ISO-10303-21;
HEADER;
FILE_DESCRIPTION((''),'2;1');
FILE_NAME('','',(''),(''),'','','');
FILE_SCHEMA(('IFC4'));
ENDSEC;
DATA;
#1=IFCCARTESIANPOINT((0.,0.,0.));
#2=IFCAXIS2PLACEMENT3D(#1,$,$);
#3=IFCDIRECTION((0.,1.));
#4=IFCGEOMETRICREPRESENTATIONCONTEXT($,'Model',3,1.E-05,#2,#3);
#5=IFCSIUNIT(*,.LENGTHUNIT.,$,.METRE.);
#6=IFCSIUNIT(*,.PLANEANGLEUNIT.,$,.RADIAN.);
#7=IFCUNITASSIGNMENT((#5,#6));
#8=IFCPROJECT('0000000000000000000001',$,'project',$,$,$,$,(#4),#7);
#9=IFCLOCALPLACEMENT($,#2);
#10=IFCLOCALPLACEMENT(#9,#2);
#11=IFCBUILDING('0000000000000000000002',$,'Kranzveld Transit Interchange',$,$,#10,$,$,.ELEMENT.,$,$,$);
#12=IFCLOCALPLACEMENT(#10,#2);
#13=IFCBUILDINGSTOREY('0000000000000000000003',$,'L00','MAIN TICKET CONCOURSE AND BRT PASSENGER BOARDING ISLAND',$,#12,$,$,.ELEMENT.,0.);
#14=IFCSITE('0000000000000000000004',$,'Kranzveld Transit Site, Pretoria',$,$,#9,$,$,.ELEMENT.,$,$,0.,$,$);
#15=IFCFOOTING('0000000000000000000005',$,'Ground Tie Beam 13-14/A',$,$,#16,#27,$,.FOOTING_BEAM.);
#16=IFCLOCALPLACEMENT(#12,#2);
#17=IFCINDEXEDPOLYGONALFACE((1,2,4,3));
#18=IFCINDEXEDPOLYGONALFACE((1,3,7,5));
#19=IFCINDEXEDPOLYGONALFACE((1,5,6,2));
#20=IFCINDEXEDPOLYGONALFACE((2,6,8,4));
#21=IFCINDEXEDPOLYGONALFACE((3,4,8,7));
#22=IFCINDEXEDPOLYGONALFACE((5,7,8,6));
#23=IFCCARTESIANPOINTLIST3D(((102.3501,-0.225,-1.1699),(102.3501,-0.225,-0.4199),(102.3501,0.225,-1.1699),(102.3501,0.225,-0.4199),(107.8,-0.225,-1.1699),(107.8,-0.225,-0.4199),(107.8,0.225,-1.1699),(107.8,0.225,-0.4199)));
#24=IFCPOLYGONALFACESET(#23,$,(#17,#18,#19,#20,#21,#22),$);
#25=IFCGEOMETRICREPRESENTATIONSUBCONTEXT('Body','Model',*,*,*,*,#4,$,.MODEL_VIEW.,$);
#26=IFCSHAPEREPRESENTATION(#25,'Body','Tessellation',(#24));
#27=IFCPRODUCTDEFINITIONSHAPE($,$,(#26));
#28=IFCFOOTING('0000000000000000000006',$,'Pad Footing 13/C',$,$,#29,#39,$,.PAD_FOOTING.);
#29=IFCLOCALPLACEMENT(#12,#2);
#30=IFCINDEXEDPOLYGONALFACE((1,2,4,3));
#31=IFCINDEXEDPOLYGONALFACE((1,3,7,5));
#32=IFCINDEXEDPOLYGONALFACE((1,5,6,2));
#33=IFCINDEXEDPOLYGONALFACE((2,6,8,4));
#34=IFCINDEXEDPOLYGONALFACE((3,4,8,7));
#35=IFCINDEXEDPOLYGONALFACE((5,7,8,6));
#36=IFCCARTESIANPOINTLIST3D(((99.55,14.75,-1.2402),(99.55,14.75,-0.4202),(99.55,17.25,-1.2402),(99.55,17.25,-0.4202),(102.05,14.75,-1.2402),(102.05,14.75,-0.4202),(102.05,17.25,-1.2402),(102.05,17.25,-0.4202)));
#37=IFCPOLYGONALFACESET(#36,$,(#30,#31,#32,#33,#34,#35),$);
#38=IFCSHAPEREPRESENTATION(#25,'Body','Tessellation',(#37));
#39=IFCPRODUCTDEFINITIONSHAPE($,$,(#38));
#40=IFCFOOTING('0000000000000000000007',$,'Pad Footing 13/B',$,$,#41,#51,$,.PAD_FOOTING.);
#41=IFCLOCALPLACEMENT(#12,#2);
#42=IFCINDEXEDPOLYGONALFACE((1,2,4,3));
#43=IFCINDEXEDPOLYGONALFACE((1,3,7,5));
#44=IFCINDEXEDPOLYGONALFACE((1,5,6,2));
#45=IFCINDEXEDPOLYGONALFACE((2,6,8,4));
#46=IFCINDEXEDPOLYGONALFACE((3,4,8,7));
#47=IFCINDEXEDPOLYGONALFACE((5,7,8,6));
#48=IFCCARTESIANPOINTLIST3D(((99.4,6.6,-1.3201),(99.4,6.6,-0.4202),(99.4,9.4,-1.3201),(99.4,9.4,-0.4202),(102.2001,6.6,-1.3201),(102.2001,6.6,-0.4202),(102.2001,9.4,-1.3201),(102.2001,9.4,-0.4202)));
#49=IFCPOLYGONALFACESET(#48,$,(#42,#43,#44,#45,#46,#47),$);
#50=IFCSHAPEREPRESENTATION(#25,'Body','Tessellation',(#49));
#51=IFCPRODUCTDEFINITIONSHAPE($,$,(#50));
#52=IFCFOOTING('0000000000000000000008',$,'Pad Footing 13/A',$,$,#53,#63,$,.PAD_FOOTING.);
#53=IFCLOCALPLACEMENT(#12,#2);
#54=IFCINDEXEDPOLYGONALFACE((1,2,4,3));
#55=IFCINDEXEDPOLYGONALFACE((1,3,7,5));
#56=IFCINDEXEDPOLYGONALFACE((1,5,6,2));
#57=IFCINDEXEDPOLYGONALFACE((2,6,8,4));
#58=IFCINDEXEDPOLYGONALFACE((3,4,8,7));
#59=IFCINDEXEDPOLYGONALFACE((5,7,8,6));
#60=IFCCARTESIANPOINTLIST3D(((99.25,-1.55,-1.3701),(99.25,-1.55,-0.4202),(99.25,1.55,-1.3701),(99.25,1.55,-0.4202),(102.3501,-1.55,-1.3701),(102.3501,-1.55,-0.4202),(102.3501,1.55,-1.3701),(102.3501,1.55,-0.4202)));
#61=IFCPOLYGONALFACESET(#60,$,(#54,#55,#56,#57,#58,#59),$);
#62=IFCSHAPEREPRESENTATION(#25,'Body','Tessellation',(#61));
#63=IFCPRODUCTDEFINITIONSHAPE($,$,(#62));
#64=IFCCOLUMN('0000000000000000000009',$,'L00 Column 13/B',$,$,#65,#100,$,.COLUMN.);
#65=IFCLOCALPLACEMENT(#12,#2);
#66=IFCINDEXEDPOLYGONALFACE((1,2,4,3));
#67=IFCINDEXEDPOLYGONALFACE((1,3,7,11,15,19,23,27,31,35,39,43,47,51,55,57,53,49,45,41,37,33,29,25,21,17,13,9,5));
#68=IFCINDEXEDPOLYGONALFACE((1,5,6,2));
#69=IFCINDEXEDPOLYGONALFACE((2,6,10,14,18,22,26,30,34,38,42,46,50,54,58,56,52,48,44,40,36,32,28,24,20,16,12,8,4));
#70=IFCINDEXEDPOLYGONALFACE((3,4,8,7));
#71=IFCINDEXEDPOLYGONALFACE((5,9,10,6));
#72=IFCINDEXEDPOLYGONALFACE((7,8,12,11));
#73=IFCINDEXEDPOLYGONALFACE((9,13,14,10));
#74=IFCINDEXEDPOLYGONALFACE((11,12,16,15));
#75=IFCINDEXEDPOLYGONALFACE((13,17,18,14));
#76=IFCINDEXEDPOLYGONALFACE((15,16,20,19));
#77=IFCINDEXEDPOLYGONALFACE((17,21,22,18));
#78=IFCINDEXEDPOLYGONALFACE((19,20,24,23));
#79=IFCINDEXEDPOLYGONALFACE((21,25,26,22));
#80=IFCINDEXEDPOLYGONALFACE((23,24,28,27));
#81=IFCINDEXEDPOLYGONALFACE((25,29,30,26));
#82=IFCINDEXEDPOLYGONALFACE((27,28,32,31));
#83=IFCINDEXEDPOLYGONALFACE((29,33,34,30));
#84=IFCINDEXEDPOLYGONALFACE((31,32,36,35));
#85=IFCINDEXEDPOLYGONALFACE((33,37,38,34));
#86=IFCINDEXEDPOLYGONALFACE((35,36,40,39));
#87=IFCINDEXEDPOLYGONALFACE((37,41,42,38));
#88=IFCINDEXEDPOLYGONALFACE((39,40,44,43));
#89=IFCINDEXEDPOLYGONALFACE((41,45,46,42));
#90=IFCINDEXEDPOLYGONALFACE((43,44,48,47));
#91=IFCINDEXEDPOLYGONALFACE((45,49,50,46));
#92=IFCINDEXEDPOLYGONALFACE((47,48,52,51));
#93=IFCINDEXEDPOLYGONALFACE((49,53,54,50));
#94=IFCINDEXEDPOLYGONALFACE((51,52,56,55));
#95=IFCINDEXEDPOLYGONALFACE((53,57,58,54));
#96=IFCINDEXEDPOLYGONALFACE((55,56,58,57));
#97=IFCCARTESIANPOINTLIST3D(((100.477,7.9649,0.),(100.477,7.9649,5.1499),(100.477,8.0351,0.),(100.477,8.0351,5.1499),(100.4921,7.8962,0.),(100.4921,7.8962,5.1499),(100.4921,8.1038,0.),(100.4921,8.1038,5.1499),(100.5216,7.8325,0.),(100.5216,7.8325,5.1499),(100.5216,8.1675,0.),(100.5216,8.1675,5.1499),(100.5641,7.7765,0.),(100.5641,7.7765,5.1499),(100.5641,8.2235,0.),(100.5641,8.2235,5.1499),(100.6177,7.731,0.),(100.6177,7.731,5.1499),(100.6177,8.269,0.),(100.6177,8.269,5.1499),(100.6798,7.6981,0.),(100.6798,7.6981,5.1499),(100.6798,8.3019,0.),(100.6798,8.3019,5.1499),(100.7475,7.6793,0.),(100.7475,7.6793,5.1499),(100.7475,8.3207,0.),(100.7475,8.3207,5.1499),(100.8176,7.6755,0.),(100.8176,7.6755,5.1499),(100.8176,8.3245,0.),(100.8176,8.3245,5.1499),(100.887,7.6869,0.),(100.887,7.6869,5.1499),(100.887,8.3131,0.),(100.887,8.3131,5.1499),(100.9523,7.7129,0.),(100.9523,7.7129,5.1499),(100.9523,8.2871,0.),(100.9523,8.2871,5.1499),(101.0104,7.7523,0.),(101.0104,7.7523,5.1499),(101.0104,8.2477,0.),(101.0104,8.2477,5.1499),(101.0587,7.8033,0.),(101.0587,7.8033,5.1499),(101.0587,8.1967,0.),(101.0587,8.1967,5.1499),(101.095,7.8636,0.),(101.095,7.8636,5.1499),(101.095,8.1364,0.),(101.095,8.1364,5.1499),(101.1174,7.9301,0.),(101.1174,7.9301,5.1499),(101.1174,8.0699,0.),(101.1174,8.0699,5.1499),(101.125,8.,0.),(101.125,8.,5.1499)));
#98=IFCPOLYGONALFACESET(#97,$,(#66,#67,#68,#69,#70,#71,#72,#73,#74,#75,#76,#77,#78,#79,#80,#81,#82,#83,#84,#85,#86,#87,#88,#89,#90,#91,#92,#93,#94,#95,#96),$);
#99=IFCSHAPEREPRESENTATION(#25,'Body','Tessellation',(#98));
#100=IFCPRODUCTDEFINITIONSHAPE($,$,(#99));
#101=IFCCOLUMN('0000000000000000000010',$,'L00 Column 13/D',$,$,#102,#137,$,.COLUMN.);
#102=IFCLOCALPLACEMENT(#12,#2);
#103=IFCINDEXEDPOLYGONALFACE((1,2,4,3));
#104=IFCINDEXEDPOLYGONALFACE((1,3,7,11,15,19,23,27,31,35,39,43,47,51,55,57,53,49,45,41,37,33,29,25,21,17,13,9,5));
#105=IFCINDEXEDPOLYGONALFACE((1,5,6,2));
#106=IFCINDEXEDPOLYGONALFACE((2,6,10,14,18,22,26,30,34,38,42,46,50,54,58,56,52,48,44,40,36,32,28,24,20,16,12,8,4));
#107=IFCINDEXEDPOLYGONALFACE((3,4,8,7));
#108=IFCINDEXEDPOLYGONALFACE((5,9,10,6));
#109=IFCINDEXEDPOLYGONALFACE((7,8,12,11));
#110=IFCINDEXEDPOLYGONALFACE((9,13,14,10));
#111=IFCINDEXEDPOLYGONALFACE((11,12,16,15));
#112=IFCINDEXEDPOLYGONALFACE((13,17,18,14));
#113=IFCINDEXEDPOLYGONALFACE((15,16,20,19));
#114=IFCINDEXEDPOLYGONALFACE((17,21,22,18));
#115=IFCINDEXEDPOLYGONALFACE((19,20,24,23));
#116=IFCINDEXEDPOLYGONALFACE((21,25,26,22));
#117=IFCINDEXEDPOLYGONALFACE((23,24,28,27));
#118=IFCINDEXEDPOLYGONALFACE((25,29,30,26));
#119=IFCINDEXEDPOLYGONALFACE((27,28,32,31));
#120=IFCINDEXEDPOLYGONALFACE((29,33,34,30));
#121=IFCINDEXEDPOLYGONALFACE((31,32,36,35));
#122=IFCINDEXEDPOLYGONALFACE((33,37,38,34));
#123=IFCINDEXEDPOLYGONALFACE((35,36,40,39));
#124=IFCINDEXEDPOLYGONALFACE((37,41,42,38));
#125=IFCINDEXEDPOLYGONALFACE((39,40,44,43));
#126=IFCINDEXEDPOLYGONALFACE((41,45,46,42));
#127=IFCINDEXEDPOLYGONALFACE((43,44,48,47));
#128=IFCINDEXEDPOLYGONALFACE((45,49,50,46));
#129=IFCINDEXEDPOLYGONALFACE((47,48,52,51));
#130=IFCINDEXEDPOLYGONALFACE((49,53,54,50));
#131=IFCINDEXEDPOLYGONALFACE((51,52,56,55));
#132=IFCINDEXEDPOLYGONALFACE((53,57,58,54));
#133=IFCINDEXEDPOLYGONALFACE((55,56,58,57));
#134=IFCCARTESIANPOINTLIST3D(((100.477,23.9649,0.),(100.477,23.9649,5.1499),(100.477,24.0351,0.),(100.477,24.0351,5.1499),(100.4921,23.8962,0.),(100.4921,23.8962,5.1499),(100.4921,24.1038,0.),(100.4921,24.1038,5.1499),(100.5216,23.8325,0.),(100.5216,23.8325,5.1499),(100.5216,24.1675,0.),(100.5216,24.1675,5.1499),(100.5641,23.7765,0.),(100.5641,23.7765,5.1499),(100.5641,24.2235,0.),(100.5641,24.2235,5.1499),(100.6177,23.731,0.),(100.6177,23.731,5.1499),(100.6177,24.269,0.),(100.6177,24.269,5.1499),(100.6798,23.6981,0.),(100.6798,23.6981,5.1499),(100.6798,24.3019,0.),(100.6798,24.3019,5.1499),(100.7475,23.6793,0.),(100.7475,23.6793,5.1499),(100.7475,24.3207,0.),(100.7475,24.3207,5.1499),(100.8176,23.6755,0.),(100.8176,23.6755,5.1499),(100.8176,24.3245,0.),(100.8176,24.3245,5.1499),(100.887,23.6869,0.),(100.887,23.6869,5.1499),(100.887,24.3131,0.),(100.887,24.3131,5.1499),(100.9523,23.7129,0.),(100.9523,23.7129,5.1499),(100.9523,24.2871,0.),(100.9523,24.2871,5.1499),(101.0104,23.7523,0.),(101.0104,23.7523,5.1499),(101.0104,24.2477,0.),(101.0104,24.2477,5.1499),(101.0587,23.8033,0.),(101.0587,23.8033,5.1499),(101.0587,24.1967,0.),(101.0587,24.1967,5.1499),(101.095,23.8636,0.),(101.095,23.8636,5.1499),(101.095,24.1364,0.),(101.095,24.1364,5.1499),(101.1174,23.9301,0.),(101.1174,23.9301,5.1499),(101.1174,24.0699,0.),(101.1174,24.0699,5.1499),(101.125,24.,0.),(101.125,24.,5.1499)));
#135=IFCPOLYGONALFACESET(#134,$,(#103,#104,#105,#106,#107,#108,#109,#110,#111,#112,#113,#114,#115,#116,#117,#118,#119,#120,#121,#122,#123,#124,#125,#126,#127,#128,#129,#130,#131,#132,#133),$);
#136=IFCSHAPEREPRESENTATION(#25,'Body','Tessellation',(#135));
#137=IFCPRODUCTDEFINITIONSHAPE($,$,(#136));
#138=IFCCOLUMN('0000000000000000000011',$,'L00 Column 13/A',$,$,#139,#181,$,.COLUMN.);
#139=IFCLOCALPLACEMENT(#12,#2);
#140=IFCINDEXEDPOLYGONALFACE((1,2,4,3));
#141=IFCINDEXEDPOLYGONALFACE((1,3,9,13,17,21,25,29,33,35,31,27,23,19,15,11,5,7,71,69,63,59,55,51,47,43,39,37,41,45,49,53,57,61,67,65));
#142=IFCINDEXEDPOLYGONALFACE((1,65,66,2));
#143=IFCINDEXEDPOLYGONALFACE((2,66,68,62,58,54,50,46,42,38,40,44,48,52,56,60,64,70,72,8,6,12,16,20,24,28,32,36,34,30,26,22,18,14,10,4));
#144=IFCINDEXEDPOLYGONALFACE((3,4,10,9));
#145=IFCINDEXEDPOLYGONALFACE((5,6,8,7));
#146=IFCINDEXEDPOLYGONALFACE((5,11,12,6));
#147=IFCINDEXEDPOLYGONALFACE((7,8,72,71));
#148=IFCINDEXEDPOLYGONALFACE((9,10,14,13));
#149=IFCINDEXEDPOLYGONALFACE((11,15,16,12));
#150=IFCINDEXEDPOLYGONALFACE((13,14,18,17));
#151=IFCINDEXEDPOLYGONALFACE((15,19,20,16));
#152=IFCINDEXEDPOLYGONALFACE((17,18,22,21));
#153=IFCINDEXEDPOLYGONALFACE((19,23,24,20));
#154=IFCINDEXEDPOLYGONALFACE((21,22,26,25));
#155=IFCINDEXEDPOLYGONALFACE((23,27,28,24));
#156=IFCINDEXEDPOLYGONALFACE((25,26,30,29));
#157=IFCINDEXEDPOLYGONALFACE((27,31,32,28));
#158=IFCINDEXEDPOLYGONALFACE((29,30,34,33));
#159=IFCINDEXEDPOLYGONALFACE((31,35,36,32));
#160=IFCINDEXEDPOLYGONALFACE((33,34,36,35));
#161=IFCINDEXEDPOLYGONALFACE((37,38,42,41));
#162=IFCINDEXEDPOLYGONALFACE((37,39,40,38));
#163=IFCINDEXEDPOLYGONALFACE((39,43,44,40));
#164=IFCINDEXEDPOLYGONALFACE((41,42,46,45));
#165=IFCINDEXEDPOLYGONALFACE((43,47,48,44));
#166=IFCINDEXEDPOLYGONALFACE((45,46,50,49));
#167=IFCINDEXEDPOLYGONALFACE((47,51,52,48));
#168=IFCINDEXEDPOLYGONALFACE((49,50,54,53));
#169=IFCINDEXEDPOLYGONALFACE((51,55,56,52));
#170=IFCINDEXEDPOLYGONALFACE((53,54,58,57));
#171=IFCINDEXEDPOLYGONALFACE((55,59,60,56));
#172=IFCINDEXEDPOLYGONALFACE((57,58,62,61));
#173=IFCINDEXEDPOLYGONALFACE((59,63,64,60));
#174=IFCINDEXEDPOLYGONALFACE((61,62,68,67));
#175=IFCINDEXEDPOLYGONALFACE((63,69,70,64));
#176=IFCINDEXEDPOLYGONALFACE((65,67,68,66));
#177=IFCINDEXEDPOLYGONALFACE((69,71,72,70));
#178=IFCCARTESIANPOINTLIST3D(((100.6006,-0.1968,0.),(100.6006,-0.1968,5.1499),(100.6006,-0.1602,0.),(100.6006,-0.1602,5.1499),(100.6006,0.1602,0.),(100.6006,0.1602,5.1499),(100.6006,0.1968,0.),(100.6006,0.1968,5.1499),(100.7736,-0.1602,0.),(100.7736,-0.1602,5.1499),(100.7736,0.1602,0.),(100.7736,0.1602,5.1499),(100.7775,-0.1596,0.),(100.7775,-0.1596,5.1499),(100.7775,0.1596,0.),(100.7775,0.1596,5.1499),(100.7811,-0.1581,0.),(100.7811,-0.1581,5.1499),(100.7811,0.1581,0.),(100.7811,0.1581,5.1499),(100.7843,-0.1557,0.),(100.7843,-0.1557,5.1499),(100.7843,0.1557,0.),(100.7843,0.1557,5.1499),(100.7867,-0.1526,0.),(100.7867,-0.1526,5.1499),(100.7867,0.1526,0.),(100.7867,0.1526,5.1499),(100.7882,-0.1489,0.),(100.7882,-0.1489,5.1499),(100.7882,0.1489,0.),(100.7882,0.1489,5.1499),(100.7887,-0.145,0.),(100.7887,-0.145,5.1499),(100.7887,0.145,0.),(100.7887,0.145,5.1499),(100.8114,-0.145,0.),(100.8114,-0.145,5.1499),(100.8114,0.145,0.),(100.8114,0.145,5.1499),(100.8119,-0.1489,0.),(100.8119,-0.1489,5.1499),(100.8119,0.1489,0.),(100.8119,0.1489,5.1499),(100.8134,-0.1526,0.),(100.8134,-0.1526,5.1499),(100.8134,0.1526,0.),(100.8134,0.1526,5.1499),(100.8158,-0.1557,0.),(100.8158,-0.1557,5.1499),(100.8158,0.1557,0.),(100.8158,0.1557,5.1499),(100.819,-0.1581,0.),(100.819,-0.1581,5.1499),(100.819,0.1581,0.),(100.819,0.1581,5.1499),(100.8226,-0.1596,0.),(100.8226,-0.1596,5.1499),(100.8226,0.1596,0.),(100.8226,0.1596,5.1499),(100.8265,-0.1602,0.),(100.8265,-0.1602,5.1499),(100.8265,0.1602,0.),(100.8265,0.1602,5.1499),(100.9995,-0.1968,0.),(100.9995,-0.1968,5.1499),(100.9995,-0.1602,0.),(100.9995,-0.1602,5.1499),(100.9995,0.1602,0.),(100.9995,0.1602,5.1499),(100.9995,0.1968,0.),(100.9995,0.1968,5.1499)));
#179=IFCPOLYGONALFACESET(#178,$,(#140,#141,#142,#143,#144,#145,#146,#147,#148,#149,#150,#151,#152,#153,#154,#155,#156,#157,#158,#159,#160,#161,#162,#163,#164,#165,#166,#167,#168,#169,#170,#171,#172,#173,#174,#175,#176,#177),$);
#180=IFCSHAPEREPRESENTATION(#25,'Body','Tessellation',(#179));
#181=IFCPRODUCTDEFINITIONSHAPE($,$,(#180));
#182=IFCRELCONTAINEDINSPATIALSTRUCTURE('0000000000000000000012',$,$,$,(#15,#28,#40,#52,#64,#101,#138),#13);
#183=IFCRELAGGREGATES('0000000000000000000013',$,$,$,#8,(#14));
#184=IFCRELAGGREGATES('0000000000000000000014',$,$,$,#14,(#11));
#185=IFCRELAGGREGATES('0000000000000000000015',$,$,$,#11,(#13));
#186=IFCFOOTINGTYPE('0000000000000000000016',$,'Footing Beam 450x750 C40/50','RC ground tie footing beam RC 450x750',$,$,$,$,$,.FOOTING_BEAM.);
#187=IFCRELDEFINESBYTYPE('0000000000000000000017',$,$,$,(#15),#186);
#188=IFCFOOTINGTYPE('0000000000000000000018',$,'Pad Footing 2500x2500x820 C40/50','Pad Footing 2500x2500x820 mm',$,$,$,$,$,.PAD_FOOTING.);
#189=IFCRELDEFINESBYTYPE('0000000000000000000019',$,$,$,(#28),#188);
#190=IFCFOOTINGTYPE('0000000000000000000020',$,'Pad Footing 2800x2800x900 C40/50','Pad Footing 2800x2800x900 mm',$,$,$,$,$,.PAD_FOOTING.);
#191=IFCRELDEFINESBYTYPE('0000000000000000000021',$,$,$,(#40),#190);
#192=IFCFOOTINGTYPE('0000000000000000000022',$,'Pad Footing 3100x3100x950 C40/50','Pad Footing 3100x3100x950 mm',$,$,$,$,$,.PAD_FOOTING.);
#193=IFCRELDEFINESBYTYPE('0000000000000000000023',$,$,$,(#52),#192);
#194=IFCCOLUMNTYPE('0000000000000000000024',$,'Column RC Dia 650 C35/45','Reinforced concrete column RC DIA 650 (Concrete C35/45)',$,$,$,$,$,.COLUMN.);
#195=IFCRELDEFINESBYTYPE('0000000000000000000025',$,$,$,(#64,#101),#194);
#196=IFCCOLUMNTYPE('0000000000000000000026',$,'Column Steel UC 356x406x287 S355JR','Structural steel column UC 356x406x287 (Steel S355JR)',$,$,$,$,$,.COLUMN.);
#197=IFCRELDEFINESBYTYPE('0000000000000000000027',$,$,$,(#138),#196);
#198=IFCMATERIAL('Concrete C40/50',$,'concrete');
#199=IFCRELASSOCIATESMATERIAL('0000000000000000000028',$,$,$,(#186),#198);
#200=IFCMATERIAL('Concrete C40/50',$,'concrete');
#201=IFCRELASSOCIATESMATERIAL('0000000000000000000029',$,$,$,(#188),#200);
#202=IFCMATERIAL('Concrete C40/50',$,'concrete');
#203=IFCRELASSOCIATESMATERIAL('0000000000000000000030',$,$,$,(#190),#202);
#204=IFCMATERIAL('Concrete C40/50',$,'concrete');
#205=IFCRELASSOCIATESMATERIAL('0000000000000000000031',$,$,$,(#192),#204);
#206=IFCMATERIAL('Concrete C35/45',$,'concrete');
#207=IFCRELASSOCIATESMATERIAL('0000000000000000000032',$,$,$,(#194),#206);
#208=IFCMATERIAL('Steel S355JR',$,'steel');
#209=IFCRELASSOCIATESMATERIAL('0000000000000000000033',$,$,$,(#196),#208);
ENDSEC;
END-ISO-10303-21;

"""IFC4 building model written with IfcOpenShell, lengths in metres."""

from ifc_helpers import new_model, si_unit, direction, frame, origin, origin_2d, place, context, subcontext, project, spatial, rectangle, circle, i_section, extrude, material, material_profile, profile_set, type_object, element, save


model = new_model("IFC4")

# Units and contexts
model_context = context("Model", 3, precision=1e-05, world=origin(), true_north=direction((0.0, 1.0)))
body_context = subcontext(model_context, "Body", "Model", "MODEL_VIEW")
ifc_project = project(units=[si_unit("LENGTHUNIT", "METRE"), si_unit("PLANEANGLEUNIT", "RADIAN")], contexts=[model_context])

# Site, building, storey
site_placement = place(None, origin())
site = spatial("IfcSite", under=ifc_project, at=site_placement, Name="Kranzveld Transit Site, Pretoria", CompositionType="ELEMENT", RefElevation=0.0)
building_placement = place(site_placement, origin())
building = spatial("IfcBuilding", under=site, at=building_placement, Name="Kranzveld Transit Interchange", CompositionType="ELEMENT")
storey_placement = place(building_placement, origin())
storey = spatial("IfcBuildingStorey", under=building, at=storey_placement, Name="L00", Description="MAIN TICKET CONCOURSE AND BRT PASSENGER BOARDING ISLAND", CompositionType="ELEMENT", Elevation=0.0)

# Footings
ifc_material_1 = material(Name="Concrete C40/50", Category="concrete")
ifc_material_profile_1 = material_profile(ifc_material_1, rectangle(XDim=0.45, YDim=0.75, at=origin_2d()), Name="RC 450x750")
ifc_profile_set_1 = profile_set([ifc_material_profile_1], Name="Concrete C40/50")
footing_type_1 = type_object("IfcFootingType", Name="Footing Beam 450x750 C40/50", Description="RC ground tie footing beam RC 450x750", PredefinedType="FOOTING_BEAM", material=ifc_profile_set_1)
footing_1_placement = place(storey_placement, frame((102.3501, 0.0, -0.7949), z_axis=(1.0, 0.0, 0.0), x_axis=(0.0, 1.0, 0.0)))
element("IfcFooting", 1, at=footing_1_placement, inside=storey, type_object=footing_type_1, Name="Ground Tie Beam 13-14/A", PredefinedType="FOOTING_BEAM", context=body_context, shape_type="SweptSolid", body=[
    extrude(rectangle(XDim=0.45, YDim=0.75, at=origin_2d()), origin(), (0.0, 0.0, 1.0), 5.45),
])
ifc_material_2 = material(Name="Concrete C40/50", Category="concrete")
footing_type_2 = type_object("IfcFootingType", Name="Pad Footing 2500x2500x820 C40/50", Description="Pad Footing 2500x2500x820 mm", PredefinedType="PAD_FOOTING", material=ifc_material_2)
footing_2_placement = place(storey_placement, frame((100.8, 16.0, -1.2402), z_axis=(0.0, 0.0, 1.0), x_axis=(1.0, 0.0, 0.0)))
element("IfcFooting", 2, at=footing_2_placement, inside=storey, type_object=footing_type_2, Name="Pad Footing 13/C", PredefinedType="PAD_FOOTING", context=body_context, shape_type="SweptSolid", body=[
    extrude(rectangle(XDim=2.5, YDim=2.5, at=origin_2d()), origin(), (0.0, 0.0, 1.0), 0.8201),
])
ifc_material_3 = material(Name="Concrete C40/50", Category="concrete")
footing_type_3 = type_object("IfcFootingType", Name="Pad Footing 2800x2800x900 C40/50", Description="Pad Footing 2800x2800x900 mm", PredefinedType="PAD_FOOTING", material=ifc_material_3)
footing_3_placement = place(storey_placement, frame((100.8, 8.0, -1.3201), z_axis=(0.0, 0.0, 1.0), x_axis=(1.0, 0.0, 0.0)))
element("IfcFooting", 3, at=footing_3_placement, inside=storey, type_object=footing_type_3, Name="Pad Footing 13/B", PredefinedType="PAD_FOOTING", context=body_context, shape_type="SweptSolid", body=[
    extrude(rectangle(XDim=2.8, YDim=2.8, at=origin_2d()), origin(), (0.0, 0.0, 1.0), 0.8999),
])
ifc_material_4 = material(Name="Concrete C40/50", Category="concrete")
footing_type_4 = type_object("IfcFootingType", Name="Pad Footing 3100x3100x950 C40/50", Description="Pad Footing 3100x3100x950 mm", PredefinedType="PAD_FOOTING", material=ifc_material_4)
footing_4_placement = place(storey_placement, frame((100.8, 0.0, -1.3701), z_axis=(0.0, 0.0, 1.0), x_axis=(1.0, 0.0, 0.0)))
element("IfcFooting", 4, at=footing_4_placement, inside=storey, type_object=footing_type_4, Name="Pad Footing 13/A", PredefinedType="PAD_FOOTING", context=body_context, shape_type="SweptSolid", body=[
    extrude(rectangle(XDim=3.1001, YDim=3.1001, at=origin_2d()), origin(), (0.0, 0.0, 1.0), 0.95),
])

# Columns
ifc_material_5 = material(Name="Concrete C35/45", Category="concrete")
ifc_material_profile_2 = material_profile(ifc_material_5, circle(Radius=0.325, at=origin_2d()), Name="RC DIA 650")
ifc_profile_set_2 = profile_set([ifc_material_profile_2], Name="Concrete C35/45")
column_type_1 = type_object("IfcColumnType", Name="Column RC Dia 650 C35/45", Description="Reinforced concrete column RC DIA 650 (Concrete C35/45)", PredefinedType="COLUMN", material=ifc_profile_set_2)
for number, where, z_axis, x_axis, name in (
    (5, (100.8, 8.0, 0.0), (0.0, 0.0, 1.0), (1.0, 0.0, 0.0), "L00 Column 13/B"),
    (6, (100.8, 24.0, 0.0), (0.0, 0.0, 1.0), (1.0, 0.0, 0.0), "L00 Column 13/D"),
):
    element("IfcColumn", number, at=place(storey_placement, frame(where, z_axis=z_axis, x_axis=x_axis)), inside=storey, type_object=column_type_1, Name=name, PredefinedType="COLUMN", context=body_context, shape_type="SweptSolid", body=[
        extrude(circle(Radius=0.325, at=origin_2d()), origin(), (0.0, 0.0, 1.0), 5.1499),
    ])
ifc_material_6 = material(Name="Steel S355JR", Category="steel")
ifc_material_profile_3 = material_profile(ifc_material_6, i_section(OverallWidth=0.3989, OverallDepth=0.3936, WebThickness=0.0227, FlangeThickness=0.0366, FilletRadius=0.0151, at=origin_2d()), Name="UC 356x406x287")
ifc_profile_set_3 = profile_set([ifc_material_profile_3], Name="Steel S355JR")
column_type_2 = type_object("IfcColumnType", Name="Column Steel UC 356x406x287 S355JR", Description="Structural steel column UC 356x406x287 (Steel S355JR)", PredefinedType="COLUMN", material=ifc_profile_set_3)
for number, where, z_axis, x_axis, name in (
    (7, (100.8, 0.0, 0.0), (0.0, 0.0, 1.0), (1.0, 0.0, 0.0), "L00 Column 13/A"),
):
    element("IfcColumn", number, at=place(storey_placement, frame(where, z_axis=z_axis, x_axis=x_axis)), inside=storey, type_object=column_type_2, Name=name, PredefinedType="COLUMN", context=body_context, shape_type="SweptSolid", body=[
        extrude(i_section(OverallWidth=0.3989, OverallDepth=0.3936, WebThickness=0.0227, FlangeThickness=0.0366, FilletRadius=0.0151, at=origin_2d()), origin(), (0.0, 0.0, 1.0), 5.1499),
    ])

save(model, "model.ifc")
